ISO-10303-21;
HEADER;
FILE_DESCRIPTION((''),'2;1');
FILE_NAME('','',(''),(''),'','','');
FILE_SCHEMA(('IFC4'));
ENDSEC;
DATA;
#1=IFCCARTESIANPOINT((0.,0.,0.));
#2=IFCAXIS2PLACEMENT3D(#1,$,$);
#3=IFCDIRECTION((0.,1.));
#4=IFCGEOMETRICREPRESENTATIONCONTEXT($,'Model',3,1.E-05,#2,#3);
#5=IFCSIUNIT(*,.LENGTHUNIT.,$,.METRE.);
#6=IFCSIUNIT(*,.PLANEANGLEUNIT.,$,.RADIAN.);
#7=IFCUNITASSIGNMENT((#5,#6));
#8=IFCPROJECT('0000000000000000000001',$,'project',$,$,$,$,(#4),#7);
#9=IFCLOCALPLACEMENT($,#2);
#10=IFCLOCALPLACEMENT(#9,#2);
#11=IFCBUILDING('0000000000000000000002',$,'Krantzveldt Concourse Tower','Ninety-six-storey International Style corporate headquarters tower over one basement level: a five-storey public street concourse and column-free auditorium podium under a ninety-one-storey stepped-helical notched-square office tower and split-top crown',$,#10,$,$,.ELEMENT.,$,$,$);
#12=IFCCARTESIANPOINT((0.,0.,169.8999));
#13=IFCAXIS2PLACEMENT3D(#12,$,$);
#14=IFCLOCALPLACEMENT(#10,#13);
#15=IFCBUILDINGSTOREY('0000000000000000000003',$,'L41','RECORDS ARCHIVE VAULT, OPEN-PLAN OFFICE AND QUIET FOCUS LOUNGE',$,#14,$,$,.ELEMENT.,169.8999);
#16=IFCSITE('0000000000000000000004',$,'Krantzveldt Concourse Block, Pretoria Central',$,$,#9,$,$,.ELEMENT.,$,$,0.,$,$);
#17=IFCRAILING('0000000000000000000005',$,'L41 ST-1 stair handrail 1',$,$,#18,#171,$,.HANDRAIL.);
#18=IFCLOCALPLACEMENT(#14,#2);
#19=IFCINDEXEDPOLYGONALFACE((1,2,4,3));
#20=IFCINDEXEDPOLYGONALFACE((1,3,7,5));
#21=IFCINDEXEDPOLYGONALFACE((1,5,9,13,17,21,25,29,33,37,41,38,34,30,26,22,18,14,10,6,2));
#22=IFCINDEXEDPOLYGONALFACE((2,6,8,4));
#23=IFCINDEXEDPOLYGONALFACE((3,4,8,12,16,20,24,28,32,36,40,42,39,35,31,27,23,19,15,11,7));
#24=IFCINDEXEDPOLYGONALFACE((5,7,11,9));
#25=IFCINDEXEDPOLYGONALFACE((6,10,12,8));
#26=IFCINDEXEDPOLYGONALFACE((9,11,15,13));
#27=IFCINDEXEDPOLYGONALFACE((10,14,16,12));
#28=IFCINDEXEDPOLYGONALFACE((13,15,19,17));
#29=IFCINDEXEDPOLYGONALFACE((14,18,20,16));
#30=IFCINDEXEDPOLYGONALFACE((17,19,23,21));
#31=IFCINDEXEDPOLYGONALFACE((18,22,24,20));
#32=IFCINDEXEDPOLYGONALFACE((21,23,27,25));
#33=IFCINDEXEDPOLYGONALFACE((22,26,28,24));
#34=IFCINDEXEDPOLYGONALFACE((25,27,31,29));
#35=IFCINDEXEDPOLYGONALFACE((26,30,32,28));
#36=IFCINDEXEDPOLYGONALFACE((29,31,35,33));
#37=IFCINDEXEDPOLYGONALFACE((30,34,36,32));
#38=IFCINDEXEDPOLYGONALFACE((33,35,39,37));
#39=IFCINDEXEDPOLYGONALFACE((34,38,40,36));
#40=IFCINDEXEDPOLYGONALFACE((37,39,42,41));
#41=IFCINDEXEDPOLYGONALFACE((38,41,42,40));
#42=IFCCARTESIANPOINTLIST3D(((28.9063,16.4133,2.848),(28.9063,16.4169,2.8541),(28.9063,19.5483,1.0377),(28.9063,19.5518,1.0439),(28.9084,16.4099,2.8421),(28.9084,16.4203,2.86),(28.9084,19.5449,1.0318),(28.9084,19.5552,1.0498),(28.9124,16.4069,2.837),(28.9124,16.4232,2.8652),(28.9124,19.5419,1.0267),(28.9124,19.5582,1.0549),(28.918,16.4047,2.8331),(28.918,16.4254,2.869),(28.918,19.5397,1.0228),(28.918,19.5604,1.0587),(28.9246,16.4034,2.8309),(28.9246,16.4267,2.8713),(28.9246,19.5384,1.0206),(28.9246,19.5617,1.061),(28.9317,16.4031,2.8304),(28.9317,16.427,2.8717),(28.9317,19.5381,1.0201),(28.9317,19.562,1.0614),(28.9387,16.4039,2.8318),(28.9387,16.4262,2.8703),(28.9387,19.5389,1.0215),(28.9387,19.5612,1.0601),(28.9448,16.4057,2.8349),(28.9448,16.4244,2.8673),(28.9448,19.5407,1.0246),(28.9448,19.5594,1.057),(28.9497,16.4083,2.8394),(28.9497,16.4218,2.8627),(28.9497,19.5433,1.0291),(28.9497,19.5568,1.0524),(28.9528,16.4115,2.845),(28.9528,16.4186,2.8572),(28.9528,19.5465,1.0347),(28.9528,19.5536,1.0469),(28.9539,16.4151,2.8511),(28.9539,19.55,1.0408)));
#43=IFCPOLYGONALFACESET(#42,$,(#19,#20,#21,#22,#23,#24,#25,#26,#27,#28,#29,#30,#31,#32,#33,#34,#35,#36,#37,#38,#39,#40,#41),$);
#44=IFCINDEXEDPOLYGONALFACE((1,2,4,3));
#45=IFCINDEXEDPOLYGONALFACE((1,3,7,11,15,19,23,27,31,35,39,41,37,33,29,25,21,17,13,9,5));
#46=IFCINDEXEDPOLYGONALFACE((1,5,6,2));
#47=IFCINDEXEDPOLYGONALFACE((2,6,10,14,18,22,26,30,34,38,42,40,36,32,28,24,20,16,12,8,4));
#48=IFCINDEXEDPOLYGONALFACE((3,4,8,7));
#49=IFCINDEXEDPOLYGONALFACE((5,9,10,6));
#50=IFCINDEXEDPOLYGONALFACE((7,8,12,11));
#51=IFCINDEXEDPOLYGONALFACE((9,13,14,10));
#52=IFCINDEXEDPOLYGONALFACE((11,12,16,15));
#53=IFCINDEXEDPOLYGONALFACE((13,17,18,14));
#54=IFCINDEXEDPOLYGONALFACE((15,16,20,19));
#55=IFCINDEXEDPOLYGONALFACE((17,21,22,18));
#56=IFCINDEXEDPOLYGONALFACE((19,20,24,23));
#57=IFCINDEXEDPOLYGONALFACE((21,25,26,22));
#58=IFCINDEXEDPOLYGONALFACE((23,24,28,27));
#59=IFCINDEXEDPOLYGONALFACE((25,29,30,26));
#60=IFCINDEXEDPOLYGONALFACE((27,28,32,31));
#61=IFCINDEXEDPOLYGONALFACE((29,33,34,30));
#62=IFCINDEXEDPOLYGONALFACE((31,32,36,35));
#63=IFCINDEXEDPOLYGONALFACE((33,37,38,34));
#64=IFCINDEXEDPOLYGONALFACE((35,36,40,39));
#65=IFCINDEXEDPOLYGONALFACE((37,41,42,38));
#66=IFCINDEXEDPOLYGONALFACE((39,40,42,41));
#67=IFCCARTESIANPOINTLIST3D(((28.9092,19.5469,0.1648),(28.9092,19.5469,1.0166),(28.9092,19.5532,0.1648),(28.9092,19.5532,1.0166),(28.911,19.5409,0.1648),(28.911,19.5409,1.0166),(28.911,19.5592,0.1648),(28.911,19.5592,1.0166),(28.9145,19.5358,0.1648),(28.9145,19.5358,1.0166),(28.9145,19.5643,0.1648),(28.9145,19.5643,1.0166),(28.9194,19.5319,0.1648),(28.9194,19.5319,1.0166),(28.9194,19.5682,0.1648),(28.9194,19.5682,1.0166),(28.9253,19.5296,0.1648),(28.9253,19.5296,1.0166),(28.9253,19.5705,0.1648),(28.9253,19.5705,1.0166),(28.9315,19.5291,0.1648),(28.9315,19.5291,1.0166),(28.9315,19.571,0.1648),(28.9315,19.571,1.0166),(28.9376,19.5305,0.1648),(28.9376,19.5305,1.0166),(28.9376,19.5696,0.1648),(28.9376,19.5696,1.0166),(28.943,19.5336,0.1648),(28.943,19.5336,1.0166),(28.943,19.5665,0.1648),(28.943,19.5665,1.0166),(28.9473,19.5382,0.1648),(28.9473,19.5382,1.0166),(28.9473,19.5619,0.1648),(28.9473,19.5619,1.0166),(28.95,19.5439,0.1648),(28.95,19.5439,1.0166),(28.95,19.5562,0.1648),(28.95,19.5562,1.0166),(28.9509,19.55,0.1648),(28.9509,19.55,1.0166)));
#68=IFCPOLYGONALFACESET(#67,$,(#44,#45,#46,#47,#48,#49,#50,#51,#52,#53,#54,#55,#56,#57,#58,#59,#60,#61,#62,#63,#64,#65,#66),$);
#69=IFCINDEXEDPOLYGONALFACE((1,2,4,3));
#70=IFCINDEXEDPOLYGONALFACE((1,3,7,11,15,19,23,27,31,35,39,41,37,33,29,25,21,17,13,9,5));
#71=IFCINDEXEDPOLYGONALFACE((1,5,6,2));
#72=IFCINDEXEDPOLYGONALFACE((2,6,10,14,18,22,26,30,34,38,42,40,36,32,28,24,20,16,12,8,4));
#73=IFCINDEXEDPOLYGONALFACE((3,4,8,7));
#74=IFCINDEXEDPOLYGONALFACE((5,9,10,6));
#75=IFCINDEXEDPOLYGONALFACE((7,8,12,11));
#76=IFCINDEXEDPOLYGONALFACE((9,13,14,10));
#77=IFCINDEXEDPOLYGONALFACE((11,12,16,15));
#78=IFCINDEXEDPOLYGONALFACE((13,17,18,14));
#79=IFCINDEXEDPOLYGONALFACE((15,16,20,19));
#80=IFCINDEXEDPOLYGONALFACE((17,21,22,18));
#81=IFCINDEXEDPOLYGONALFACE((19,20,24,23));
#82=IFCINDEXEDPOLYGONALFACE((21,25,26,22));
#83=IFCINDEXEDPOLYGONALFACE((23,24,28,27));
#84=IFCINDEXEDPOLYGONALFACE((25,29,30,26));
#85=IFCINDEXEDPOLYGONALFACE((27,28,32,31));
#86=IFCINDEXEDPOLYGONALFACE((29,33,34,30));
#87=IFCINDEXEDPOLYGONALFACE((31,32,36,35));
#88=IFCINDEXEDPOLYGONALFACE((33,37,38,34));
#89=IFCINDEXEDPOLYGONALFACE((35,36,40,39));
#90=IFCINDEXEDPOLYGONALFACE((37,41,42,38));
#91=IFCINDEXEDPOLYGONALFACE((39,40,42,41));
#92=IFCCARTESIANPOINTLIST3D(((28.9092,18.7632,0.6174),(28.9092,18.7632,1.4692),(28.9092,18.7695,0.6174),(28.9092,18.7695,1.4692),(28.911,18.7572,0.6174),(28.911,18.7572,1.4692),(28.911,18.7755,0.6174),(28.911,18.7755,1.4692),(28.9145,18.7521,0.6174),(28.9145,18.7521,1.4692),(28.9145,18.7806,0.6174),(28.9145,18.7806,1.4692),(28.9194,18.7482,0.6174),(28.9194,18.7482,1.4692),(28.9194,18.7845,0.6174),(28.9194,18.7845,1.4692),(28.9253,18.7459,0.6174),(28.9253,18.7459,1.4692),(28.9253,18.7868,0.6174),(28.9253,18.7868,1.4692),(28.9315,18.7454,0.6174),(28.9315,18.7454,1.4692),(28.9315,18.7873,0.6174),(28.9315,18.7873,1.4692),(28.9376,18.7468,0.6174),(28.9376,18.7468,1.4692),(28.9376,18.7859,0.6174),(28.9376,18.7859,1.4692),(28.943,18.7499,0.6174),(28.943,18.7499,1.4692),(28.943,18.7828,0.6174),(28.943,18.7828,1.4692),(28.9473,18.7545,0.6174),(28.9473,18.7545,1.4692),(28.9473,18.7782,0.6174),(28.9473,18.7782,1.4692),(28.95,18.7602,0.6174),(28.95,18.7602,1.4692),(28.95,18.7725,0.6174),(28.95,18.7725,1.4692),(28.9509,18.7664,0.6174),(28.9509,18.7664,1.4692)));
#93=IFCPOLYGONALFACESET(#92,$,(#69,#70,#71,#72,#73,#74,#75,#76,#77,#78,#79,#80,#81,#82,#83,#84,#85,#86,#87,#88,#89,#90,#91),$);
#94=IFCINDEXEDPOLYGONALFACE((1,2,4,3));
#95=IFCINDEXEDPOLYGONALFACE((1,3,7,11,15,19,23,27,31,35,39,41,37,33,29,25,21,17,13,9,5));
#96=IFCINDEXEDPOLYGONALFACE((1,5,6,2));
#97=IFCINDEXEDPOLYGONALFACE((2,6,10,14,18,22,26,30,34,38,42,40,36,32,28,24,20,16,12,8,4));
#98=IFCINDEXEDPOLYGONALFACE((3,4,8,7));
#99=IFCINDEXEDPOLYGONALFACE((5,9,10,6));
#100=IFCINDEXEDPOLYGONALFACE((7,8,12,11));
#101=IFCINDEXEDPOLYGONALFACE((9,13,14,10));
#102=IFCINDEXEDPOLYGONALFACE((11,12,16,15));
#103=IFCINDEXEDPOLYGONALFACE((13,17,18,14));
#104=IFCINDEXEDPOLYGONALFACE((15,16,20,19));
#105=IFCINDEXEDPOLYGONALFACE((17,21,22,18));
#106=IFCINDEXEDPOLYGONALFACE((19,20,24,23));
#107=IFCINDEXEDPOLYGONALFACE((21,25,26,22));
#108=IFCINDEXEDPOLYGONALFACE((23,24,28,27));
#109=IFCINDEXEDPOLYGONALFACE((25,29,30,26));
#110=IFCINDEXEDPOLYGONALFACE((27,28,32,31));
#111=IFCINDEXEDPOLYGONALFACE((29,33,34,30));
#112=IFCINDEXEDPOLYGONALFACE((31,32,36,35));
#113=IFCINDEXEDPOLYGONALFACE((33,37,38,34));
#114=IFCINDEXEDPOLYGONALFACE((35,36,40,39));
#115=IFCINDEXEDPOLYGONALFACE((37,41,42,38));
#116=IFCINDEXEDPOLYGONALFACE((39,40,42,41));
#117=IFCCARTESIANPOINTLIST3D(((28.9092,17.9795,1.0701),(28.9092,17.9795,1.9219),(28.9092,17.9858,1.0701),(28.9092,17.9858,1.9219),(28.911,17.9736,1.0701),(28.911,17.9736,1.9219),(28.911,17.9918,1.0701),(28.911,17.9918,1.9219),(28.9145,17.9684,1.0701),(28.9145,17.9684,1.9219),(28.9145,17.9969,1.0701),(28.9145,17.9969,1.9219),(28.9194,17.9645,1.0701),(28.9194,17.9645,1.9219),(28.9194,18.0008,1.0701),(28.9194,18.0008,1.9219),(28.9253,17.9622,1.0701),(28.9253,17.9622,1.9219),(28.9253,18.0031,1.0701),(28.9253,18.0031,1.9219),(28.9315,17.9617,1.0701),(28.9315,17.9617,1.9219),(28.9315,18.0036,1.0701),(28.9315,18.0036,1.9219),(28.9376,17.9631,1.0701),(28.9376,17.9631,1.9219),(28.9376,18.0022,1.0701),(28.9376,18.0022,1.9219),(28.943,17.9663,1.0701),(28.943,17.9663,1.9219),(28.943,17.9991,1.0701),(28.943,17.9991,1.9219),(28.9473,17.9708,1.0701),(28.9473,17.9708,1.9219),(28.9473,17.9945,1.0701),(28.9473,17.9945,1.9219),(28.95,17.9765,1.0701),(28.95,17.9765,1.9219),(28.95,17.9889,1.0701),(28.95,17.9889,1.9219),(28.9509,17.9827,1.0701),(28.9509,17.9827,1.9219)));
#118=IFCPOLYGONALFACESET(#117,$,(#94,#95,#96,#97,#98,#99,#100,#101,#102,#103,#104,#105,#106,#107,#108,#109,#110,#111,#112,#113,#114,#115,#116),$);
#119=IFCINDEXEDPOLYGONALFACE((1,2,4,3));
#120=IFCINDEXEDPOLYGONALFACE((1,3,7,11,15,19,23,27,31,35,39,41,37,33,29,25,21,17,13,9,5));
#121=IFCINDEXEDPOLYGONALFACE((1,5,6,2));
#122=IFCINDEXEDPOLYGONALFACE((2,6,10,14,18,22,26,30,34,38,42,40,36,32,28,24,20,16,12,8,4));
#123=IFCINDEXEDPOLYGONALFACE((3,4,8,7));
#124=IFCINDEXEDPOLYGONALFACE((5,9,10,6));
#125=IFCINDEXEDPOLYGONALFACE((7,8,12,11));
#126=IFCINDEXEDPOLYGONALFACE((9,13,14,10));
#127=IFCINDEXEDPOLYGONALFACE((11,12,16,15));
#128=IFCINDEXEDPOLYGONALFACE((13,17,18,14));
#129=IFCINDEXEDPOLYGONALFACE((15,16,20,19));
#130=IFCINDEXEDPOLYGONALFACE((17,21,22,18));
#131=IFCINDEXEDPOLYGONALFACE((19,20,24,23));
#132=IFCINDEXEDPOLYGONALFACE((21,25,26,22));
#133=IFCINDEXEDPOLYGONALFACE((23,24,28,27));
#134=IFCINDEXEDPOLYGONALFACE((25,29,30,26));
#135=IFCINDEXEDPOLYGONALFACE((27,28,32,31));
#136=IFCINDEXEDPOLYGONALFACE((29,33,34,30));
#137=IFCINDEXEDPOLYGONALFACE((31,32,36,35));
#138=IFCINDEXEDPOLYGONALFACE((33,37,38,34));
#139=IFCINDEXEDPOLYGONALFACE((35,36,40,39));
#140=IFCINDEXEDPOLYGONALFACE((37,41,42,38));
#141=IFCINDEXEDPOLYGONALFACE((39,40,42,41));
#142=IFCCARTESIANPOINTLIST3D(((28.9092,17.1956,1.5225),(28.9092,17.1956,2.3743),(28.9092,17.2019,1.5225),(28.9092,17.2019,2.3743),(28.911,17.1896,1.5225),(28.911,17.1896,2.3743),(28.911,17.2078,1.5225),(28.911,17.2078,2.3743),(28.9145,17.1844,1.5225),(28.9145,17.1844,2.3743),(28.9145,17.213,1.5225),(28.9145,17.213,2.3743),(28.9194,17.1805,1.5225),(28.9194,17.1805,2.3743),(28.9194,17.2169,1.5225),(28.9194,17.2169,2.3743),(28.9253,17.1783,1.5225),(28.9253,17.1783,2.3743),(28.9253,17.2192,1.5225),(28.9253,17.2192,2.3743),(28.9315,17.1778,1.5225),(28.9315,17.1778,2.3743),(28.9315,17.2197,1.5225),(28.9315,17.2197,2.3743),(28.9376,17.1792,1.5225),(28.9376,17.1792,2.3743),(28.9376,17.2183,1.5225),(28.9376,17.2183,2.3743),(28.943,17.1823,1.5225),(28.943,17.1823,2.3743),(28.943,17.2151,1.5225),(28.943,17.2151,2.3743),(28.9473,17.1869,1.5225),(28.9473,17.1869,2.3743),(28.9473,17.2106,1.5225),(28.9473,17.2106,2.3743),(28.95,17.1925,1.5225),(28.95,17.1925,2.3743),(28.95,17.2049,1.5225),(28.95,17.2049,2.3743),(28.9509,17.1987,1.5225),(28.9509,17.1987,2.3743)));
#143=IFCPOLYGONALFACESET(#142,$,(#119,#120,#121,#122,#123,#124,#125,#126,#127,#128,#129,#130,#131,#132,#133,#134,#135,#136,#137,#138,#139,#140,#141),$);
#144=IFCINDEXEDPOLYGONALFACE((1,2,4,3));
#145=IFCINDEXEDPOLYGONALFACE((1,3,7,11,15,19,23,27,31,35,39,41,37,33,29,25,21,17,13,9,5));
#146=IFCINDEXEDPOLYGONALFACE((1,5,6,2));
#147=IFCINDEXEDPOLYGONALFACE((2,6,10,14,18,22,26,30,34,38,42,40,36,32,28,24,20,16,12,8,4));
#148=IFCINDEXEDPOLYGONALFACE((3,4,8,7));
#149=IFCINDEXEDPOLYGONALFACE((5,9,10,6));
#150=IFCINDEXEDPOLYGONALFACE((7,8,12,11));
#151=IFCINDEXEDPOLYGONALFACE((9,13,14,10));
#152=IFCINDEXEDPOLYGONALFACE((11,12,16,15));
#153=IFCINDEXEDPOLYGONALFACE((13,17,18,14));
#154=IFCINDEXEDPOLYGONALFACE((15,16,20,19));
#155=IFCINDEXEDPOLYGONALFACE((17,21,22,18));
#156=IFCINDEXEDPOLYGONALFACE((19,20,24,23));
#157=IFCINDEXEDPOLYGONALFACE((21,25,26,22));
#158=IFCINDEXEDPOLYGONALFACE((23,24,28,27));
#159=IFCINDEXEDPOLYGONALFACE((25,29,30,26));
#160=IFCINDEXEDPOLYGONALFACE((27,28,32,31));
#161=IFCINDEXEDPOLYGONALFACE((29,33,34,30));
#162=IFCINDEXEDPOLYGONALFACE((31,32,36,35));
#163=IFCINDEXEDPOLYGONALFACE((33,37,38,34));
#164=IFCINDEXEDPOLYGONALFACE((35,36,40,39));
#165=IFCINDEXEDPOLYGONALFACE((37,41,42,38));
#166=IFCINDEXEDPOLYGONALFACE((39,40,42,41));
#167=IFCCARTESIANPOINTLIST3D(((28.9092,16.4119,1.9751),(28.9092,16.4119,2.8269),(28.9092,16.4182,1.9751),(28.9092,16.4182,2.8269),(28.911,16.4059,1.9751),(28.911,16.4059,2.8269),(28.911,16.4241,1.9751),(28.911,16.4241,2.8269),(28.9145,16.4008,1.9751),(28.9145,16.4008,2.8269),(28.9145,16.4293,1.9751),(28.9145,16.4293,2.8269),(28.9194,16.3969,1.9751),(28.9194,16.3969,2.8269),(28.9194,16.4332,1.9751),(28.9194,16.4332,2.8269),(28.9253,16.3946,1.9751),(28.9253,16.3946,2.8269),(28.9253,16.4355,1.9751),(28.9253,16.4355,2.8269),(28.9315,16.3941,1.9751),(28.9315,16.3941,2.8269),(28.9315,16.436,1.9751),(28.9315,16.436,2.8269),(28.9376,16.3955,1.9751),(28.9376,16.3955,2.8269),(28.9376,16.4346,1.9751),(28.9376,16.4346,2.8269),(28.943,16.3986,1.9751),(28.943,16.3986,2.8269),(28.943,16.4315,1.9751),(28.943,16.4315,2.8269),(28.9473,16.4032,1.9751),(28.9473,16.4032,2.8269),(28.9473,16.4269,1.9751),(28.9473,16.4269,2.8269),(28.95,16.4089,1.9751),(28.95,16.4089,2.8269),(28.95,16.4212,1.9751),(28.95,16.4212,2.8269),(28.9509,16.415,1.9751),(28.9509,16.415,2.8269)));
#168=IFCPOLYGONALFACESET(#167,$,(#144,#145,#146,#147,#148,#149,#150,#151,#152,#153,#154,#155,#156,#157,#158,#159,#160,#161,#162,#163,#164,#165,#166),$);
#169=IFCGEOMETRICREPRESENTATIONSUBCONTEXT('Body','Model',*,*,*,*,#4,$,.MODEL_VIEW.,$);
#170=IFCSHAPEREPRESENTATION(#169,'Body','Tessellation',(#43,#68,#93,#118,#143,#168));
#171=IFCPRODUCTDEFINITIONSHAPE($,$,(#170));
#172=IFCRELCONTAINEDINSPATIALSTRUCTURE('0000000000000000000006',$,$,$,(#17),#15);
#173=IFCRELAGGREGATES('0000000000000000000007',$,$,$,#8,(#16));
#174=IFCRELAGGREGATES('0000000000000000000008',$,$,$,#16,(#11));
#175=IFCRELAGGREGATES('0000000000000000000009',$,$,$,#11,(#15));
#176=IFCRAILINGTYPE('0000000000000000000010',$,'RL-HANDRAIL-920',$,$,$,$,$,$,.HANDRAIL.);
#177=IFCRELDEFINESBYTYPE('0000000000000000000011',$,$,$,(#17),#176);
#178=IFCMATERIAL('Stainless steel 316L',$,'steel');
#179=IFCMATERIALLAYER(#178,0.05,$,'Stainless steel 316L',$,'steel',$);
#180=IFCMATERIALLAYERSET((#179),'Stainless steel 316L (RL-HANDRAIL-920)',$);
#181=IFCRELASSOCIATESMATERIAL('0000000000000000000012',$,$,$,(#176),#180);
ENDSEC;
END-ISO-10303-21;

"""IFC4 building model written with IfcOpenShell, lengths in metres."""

from ifc_helpers import new_model, si_unit, direction, frame, origin, origin_2d, place, context, subcontext, project, spatial, circle, extrude, material, layer, layer_set, type_object, element, save


model = new_model("IFC4")

# Units and contexts
model_context = context("Model", 3, precision=1e-05, world=origin(), true_north=direction((0.0, 1.0)))
body_context = subcontext(model_context, "Body", "Model", "MODEL_VIEW")
ifc_project = project(units=[si_unit("LENGTHUNIT", "METRE"), si_unit("PLANEANGLEUNIT", "RADIAN")], contexts=[model_context])

# Site, building, storey
site_placement = place(None, origin())
site = spatial("IfcSite", under=ifc_project, at=site_placement, Name="Krantzveldt Concourse Block, Pretoria Central", CompositionType="ELEMENT", RefElevation=0.0)
building_placement = place(site_placement, origin())
building = spatial("IfcBuilding", under=site, at=building_placement, Name="Krantzveldt Concourse Tower", Description="Ninety-six-storey International Style corporate headquarters tower over one basement level: a five-storey public street concourse and column-free auditorium podium under a ninety-one-storey stepped-helical notched-square office tower and split-top crown", CompositionType="ELEMENT")
storey_placement = place(building_placement, frame((0.0, 0.0, 169.8999)))
storey = spatial("IfcBuildingStorey", under=building, at=storey_placement, Name="L41", Description="RECORDS ARCHIVE VAULT, OPEN-PLAN OFFICE AND QUIET FOCUS LOUNGE", CompositionType="ELEMENT", Elevation=169.8999)

# Railing
ifc_material_1 = material(Name="Stainless steel 316L", Category="steel")
ifc_layer_1 = layer(ifc_material_1, 0.05, Name="Stainless steel 316L", Category="steel")
ifc_layer_set_1 = layer_set([ifc_layer_1], Name="Stainless steel 316L (RL-HANDRAIL-920)")
railing_type_1 = type_object("IfcRailingType", Name="RL-HANDRAIL-920", PredefinedType="HANDRAIL", material=ifc_layer_set_1)
railing_1_placement = place(storey_placement, frame((28.9299, 19.55, 0.1648)))
element("IfcRailing", 1, at=railing_1_placement, inside=storey, type_object=railing_type_1, Name="L41 ST-1 stair handrail 1", PredefinedType="HANDRAIL", context=body_context, shape_type="SweptSolid", body=[
    extrude(circle(Radius=0.0239, at=origin_2d()), frame((0.0, 0.0, 0.876), z_axis=(0.0, -0.865989, 0.500063), x_axis=(1.0, 0.0, 0.0)), (0.0, 0.0, 1.0), 3.6201),
    extrude(circle(Radius=0.021, at=origin_2d()), origin(), (0.0, 0.0, 1.0), 0.8518),
    extrude(circle(Radius=0.021, at=origin_2d()), frame((0.0, -0.7837, 0.4526)), (0.0, 0.0, 1.0), 0.8518),
    extrude(circle(Radius=0.021, at=origin_2d()), frame((0.0, -1.5674, 0.9053)), (0.0, 0.0, 1.0), 0.8518),
    extrude(circle(Radius=0.021, at=origin_2d()), frame((0.0, -2.3513, 1.3577)), (0.0, 0.0, 1.0), 0.8518),
    extrude(circle(Radius=0.021, at=origin_2d()), frame((0.0, -3.135, 1.8103)), (0.0, 0.0, 1.0), 0.8518),
])

save(model, "model.ifc")
